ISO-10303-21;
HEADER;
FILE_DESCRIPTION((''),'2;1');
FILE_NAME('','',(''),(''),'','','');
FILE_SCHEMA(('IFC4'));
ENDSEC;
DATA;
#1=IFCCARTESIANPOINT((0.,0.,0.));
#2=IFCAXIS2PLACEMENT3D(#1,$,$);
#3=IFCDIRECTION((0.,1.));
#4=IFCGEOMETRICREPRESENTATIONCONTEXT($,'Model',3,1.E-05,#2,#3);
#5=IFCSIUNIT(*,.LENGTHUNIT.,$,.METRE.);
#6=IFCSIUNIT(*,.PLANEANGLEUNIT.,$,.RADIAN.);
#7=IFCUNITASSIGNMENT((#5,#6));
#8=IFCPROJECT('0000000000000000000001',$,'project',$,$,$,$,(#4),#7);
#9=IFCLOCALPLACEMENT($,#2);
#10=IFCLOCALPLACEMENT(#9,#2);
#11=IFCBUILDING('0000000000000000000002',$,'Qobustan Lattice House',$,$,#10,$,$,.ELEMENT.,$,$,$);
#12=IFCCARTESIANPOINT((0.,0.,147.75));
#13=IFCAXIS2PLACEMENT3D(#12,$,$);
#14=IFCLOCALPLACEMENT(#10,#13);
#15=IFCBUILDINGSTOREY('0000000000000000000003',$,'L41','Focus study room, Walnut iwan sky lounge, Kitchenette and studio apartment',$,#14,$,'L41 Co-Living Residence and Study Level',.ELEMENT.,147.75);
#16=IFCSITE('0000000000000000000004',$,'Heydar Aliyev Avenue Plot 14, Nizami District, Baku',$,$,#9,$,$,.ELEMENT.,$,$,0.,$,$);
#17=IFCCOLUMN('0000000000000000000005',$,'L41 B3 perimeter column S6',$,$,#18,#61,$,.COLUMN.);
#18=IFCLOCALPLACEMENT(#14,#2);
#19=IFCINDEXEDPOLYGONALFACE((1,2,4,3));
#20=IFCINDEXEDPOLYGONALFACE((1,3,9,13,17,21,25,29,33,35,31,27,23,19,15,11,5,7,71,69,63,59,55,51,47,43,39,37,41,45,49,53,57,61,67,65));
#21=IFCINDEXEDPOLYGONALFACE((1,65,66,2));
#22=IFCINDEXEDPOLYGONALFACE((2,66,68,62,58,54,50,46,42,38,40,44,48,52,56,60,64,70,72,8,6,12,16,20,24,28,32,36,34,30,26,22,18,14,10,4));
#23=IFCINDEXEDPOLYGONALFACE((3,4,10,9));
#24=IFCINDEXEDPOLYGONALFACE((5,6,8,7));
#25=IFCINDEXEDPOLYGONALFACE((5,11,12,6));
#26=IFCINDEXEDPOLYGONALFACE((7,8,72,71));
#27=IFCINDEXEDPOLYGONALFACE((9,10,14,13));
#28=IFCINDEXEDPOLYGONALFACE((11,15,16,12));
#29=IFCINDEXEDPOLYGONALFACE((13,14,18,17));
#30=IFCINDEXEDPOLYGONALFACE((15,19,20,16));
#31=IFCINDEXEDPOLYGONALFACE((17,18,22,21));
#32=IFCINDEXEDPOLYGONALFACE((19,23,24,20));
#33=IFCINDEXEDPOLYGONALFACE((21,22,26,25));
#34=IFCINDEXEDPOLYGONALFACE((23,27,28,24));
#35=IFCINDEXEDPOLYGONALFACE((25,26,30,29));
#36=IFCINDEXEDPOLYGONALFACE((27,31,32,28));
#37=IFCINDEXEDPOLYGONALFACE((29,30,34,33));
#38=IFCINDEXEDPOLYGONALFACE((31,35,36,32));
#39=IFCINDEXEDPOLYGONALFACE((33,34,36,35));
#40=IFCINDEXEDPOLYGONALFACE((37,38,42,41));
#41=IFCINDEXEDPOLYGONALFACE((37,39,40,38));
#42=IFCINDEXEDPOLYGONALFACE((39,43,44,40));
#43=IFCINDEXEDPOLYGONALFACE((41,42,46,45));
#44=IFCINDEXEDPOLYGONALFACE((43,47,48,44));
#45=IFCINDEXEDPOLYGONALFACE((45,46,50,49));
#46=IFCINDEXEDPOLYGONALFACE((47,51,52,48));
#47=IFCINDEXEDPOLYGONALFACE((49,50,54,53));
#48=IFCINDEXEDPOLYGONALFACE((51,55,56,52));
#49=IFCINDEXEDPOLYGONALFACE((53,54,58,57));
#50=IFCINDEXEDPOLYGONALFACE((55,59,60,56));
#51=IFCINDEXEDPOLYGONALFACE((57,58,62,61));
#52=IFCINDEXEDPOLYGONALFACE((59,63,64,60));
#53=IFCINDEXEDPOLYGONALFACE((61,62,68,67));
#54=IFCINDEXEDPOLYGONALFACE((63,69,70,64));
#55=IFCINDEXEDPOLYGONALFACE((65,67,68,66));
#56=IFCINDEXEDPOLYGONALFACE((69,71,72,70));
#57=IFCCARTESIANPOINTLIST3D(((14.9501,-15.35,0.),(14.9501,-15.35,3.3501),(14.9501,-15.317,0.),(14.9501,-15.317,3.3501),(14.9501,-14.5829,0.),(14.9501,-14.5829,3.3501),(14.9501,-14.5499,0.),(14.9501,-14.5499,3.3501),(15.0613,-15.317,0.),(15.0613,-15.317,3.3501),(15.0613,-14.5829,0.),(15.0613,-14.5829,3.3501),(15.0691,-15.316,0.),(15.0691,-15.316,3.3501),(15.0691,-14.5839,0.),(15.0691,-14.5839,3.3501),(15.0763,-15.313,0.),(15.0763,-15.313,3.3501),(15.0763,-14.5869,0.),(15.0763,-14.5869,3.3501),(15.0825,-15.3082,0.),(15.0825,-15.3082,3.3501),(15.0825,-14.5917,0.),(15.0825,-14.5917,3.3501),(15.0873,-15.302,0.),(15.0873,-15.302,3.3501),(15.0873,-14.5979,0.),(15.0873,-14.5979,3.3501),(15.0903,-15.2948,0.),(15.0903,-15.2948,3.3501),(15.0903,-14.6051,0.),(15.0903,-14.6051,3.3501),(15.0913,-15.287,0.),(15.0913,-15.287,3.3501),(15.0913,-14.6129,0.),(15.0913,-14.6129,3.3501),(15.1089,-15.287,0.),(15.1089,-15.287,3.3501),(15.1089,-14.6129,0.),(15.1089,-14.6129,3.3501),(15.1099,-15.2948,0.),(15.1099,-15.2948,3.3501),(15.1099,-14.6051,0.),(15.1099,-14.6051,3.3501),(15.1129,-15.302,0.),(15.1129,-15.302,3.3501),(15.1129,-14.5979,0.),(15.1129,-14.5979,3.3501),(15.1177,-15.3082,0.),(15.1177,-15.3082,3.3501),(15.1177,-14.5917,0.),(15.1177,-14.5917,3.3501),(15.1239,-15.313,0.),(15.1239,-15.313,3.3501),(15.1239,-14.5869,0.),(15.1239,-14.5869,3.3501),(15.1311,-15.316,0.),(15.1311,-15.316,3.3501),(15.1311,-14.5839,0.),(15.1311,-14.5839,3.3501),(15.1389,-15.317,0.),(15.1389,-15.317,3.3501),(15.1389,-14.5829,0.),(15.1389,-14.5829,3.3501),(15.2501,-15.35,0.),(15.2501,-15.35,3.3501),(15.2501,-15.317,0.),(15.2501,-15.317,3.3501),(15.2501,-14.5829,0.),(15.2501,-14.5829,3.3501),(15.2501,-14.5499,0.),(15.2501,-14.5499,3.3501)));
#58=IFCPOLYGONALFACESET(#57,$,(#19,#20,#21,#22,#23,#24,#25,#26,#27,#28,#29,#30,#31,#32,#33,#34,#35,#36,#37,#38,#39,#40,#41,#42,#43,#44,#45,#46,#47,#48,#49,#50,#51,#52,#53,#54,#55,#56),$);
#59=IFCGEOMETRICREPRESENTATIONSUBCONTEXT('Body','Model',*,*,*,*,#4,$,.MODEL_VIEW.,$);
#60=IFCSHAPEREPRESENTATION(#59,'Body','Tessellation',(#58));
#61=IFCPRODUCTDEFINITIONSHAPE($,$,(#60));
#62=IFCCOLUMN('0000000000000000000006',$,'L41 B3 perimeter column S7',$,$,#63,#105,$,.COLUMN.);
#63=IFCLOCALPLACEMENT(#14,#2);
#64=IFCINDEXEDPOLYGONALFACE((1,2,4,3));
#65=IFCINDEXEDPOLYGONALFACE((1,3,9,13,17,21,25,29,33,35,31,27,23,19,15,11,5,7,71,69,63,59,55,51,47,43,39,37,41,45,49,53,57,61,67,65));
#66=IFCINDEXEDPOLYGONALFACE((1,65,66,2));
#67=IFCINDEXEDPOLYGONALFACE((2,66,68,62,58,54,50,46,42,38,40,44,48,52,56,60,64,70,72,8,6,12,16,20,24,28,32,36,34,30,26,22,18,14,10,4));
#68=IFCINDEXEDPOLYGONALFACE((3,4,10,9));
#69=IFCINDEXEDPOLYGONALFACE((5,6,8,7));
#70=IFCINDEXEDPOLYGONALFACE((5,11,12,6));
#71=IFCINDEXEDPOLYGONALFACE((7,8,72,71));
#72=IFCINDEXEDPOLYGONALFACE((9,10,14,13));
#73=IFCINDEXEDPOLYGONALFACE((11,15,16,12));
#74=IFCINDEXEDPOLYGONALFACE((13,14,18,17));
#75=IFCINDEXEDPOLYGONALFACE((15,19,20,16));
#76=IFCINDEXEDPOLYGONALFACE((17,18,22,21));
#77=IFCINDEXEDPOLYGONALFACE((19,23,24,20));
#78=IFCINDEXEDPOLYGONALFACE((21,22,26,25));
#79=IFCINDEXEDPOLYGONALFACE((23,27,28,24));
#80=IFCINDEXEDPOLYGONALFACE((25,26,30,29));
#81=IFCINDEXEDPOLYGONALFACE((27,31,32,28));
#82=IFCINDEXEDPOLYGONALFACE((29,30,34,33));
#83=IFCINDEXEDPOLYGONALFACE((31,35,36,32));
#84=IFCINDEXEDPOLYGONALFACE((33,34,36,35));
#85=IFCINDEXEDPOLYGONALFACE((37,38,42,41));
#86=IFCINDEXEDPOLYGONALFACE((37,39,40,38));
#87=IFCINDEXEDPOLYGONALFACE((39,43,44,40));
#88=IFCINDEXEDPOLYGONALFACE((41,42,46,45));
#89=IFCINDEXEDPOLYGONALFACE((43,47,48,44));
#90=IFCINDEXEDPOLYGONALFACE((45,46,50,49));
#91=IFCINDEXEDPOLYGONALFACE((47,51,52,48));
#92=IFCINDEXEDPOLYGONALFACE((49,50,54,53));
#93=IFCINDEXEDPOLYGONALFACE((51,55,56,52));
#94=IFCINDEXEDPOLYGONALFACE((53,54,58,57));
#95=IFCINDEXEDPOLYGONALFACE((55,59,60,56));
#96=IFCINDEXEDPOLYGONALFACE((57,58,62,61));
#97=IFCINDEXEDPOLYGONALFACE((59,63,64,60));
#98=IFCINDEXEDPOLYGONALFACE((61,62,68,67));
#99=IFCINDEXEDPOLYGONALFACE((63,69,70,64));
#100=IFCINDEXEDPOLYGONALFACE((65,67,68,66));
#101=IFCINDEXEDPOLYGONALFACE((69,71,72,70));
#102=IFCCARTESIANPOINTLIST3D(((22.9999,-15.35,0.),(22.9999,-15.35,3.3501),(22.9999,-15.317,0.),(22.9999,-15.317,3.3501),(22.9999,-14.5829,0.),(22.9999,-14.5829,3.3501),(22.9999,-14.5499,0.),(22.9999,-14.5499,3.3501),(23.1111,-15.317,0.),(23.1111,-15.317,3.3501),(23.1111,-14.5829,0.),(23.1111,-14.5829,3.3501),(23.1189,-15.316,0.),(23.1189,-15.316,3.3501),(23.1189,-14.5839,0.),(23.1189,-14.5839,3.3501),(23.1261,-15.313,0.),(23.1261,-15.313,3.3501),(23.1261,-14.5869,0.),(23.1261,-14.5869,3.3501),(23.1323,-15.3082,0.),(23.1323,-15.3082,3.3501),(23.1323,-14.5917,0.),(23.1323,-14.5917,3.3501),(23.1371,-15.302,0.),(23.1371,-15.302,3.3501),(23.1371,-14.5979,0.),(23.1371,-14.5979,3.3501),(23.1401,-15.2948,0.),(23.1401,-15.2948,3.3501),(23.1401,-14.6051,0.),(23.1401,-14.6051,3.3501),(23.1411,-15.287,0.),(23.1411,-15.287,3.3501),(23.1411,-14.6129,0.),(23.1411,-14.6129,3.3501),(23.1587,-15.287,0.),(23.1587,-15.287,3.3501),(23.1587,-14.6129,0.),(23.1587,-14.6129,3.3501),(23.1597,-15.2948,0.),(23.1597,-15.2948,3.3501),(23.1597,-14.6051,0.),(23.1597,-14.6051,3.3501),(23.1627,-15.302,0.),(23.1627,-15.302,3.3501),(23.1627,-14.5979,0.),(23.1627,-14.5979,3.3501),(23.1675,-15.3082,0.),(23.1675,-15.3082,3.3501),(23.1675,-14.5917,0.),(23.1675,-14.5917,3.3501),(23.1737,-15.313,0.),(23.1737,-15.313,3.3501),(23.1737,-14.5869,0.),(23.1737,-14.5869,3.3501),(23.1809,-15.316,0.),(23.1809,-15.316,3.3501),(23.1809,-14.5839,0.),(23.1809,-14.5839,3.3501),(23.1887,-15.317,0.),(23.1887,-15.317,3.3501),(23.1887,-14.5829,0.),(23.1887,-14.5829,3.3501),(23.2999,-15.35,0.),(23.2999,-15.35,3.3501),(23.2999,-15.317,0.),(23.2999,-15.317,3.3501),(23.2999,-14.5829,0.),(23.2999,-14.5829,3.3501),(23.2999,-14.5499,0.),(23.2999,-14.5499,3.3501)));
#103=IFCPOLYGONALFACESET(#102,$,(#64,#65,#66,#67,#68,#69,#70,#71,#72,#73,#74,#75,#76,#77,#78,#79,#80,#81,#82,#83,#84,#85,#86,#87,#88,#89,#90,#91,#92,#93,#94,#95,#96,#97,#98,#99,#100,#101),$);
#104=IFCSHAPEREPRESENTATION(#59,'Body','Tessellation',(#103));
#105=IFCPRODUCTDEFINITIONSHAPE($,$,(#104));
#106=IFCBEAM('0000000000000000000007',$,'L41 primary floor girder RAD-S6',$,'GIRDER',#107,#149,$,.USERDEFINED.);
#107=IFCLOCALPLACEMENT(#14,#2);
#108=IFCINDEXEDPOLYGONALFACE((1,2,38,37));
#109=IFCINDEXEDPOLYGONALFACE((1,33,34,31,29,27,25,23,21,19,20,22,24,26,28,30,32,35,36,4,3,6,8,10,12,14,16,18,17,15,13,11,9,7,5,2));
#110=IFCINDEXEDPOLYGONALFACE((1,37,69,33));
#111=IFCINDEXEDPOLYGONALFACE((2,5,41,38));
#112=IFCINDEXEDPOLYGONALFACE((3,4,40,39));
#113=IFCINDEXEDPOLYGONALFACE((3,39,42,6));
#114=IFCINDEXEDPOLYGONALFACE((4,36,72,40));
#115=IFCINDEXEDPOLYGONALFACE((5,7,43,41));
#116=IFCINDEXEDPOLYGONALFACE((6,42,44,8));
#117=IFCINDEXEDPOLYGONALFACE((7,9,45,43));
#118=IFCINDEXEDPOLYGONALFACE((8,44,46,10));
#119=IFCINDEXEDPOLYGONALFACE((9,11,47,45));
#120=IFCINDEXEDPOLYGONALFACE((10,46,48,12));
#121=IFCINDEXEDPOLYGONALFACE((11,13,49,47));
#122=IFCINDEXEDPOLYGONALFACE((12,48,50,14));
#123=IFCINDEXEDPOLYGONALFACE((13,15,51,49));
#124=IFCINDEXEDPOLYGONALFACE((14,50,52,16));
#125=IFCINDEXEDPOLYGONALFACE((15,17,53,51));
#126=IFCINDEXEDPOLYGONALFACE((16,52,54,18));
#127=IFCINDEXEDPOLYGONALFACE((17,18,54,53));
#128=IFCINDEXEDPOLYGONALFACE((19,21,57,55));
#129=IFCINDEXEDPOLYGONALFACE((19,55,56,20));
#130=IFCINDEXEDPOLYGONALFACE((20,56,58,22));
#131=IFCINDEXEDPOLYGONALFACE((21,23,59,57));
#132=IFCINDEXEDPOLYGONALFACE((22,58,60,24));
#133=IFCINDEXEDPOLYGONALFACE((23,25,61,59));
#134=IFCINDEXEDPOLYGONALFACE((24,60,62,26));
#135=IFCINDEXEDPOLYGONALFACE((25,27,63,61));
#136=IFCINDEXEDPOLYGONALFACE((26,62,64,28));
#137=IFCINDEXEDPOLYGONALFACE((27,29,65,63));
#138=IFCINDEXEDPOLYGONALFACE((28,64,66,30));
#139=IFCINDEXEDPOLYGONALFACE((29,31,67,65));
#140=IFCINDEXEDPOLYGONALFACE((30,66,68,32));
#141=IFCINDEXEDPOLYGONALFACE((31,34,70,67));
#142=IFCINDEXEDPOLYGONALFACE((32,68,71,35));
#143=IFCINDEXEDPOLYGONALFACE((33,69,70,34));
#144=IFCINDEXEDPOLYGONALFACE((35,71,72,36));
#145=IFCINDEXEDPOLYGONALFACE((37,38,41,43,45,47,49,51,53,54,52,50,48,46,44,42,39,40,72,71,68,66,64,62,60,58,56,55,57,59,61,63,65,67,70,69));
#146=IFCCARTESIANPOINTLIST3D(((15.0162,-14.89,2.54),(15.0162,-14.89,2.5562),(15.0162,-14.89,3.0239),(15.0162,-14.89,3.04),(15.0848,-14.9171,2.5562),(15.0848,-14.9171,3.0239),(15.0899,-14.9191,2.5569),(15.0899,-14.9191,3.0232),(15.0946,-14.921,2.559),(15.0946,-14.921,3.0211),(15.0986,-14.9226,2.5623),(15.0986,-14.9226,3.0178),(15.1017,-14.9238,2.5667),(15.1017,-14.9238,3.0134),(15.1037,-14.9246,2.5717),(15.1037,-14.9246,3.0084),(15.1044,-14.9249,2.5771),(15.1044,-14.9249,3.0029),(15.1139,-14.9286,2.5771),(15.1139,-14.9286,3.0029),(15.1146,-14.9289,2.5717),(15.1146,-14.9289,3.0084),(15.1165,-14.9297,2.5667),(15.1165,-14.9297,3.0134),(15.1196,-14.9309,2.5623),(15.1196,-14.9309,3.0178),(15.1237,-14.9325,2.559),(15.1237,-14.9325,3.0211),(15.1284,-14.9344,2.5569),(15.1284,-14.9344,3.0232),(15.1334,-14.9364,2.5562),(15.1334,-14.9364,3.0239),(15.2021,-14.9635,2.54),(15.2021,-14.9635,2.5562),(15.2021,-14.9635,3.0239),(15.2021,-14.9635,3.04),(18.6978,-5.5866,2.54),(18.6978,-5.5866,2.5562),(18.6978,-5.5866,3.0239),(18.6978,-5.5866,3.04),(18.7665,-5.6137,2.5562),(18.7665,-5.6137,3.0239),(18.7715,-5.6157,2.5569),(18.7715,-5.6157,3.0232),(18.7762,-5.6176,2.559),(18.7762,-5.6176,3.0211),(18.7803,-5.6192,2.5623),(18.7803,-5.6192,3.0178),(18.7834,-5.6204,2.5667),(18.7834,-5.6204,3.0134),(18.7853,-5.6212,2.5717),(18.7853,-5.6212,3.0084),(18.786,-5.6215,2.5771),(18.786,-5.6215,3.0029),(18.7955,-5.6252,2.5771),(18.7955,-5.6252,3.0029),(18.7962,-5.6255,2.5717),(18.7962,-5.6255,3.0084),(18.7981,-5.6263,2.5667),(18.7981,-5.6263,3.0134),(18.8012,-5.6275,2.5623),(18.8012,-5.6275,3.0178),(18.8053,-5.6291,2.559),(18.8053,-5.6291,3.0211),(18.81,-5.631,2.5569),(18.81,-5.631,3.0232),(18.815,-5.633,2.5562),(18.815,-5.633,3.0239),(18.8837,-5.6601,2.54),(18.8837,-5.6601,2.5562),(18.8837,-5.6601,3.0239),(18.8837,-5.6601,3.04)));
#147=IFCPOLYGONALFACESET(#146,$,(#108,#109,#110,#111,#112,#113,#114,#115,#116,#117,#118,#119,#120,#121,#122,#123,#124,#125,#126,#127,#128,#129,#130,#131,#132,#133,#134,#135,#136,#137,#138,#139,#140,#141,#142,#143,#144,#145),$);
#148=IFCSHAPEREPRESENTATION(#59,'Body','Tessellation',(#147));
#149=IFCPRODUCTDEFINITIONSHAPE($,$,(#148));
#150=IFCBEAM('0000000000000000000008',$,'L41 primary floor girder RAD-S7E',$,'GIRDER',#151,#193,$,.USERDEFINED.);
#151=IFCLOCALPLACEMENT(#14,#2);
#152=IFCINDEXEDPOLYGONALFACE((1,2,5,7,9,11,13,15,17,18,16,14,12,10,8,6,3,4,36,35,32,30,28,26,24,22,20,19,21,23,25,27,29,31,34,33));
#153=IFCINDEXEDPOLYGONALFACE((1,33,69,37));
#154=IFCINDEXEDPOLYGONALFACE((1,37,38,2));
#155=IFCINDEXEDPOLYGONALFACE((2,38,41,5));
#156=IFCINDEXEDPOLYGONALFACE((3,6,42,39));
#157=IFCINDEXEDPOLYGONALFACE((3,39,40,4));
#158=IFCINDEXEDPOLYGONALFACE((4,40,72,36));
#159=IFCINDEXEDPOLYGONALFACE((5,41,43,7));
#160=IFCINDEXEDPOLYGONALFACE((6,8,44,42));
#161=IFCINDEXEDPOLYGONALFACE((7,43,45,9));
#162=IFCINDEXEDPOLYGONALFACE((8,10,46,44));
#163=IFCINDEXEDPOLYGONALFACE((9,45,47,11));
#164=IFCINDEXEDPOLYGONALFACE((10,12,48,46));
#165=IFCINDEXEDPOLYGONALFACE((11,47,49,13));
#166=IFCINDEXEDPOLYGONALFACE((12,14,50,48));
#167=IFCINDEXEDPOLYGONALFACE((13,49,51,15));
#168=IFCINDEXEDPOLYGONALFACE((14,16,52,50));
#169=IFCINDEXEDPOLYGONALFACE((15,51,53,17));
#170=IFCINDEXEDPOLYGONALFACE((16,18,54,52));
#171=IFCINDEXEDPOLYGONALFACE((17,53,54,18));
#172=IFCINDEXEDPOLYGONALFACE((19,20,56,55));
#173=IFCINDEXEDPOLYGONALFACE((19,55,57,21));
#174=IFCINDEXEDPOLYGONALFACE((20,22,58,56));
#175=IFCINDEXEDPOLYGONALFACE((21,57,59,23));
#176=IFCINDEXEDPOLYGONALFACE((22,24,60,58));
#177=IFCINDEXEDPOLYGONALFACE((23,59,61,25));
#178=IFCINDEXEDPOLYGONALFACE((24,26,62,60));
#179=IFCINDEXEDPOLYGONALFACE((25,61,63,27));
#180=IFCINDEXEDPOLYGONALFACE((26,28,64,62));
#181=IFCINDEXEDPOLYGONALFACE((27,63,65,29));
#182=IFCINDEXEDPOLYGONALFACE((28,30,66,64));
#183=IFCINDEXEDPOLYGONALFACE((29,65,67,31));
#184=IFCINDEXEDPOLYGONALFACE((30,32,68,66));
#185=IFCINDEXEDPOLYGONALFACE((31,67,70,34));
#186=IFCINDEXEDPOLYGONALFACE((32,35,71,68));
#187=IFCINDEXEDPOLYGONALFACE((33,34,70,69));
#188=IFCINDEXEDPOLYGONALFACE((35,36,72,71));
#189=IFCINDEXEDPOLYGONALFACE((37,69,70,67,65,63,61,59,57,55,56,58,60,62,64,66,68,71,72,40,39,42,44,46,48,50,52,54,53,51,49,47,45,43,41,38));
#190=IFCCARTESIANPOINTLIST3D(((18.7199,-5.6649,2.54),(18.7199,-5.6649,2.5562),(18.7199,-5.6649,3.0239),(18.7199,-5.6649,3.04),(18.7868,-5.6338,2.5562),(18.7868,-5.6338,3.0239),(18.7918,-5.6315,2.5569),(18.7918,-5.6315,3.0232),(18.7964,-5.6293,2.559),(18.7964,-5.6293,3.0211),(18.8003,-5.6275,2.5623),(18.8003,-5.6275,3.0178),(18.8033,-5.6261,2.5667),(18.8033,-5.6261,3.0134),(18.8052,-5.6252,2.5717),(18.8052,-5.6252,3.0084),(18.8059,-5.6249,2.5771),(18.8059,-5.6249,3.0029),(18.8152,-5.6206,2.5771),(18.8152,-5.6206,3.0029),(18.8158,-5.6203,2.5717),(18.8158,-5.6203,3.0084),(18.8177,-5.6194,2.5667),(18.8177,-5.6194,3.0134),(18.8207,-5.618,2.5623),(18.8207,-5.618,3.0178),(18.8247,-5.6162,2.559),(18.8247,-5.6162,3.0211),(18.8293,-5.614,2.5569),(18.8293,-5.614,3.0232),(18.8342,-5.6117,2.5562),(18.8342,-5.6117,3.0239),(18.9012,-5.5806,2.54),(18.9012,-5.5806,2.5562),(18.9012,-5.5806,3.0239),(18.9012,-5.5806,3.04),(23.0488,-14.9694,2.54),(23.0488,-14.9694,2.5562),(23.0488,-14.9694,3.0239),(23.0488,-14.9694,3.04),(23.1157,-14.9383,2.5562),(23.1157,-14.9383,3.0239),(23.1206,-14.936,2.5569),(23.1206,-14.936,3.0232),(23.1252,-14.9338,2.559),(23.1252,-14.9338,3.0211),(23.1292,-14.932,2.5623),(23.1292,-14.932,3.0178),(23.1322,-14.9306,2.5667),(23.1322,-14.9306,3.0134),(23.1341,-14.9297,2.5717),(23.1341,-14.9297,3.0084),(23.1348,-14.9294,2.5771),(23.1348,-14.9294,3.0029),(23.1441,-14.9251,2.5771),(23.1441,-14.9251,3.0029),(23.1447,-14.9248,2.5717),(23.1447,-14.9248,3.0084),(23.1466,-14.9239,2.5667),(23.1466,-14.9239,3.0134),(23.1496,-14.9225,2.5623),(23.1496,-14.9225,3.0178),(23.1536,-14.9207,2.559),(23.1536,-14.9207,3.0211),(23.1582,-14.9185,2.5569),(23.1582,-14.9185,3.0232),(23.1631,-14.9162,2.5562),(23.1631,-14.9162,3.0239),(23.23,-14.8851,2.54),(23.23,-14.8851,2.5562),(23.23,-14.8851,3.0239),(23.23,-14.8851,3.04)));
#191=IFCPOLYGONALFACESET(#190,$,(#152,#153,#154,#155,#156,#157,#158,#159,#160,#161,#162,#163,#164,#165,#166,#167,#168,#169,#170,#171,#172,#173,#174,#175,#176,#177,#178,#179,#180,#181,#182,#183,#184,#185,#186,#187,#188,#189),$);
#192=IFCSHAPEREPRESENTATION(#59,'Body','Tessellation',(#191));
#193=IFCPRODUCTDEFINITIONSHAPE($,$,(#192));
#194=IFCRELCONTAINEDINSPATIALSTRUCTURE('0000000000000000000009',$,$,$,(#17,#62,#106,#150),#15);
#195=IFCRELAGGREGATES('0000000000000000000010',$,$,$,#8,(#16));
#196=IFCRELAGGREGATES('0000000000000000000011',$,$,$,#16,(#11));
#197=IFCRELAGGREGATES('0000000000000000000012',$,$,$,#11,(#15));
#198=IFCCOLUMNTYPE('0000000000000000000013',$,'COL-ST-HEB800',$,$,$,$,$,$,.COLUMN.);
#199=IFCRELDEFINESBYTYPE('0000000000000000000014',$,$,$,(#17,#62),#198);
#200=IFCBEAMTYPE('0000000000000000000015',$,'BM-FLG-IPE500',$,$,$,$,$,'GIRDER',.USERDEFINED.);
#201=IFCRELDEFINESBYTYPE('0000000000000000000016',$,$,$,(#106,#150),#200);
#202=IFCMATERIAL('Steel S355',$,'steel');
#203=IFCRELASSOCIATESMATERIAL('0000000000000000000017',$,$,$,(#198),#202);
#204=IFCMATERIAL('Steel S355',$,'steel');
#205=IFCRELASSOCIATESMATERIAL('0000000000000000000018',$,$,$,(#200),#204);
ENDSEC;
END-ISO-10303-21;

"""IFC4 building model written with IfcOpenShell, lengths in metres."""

from ifc_helpers import new_model, si_unit, direction, frame, origin, origin_2d, place, context, subcontext, project, spatial, i_section, extrude, material, material_profile, profile_set, type_object, element, save


model = new_model("IFC4")

# Units and contexts
model_context = context("Model", 3, precision=1e-05, world=origin(), true_north=direction((0.0, 1.0)))
body_context = subcontext(model_context, "Body", "Model", "MODEL_VIEW")
ifc_project = project(units=[si_unit("LENGTHUNIT", "METRE"), si_unit("PLANEANGLEUNIT", "RADIAN")], contexts=[model_context])

# Site, building, storey
site_placement = place(None, origin())
site = spatial("IfcSite", under=ifc_project, at=site_placement, Name="Heydar Aliyev Avenue Plot 14, Nizami District, Baku", CompositionType="ELEMENT", RefElevation=0.0)
building_placement = place(site_placement, origin())
building = spatial("IfcBuilding", under=site, at=building_placement, Name="Qobustan Lattice House", CompositionType="ELEMENT")
storey_placement = place(building_placement, frame((0.0, 0.0, 147.75)))
storey = spatial("IfcBuildingStorey", under=building, at=storey_placement, Name="L41", Description="Focus study room, Walnut iwan sky lounge, Kitchenette and studio apartment", LongName="L41 Co-Living Residence and Study Level", CompositionType="ELEMENT", Elevation=147.75)

# Columns
ifc_material_1 = material(Name="Steel S355", Category="steel")
ifc_material_profile_1 = material_profile(ifc_material_1, i_section(OverallWidth=0.3, OverallDepth=0.8, WebThickness=0.0176, FlangeThickness=0.033, FilletRadius=0.03, at=origin_2d()), Name="HEB800")
ifc_profile_set_1 = profile_set([ifc_material_profile_1], Name="Steel S355")
column_type = type_object("IfcColumnType", Name="COL-ST-HEB800", PredefinedType="COLUMN", material=ifc_profile_set_1)
for number, where, z_axis, x_axis, name in (
    (1, (15.1001, -14.95, 0.0), (0.0, 0.0, 1.0), (1.0, 0.0, 0.0), "L41 B3 perimeter column S6"),
    (2, (23.1499, -14.95, 0.0), (0.0, 0.0, 1.0), (1.0, 0.0, 0.0), "L41 B3 perimeter column S7"),
):
    element("IfcColumn", number, at=place(storey_placement, frame(where, z_axis=z_axis, x_axis=x_axis)), inside=storey, type_object=column_type, Name=name, PredefinedType="COLUMN", context=body_context, shape_type="SweptSolid", body=[
        extrude(i_section(OverallWidth=0.3, OverallDepth=0.8, WebThickness=0.0176, FlangeThickness=0.033, FilletRadius=0.03, at=origin_2d()), origin(), (0.0, 0.0, 1.0), 3.3501),
    ])

# Beams
ifc_material_2 = material(Name="Steel S355", Category="steel")
ifc_material_profile_2 = material_profile(ifc_material_2, i_section(OverallWidth=0.2, OverallDepth=0.5, WebThickness=0.0103, FlangeThickness=0.0161, FilletRadius=0.021, at=origin_2d()), Name="IPE500")
ifc_profile_set_2 = profile_set([ifc_material_profile_2], Name="Steel S355")
beam_type_1 = type_object("IfcBeamType", Name="BM-FLG-IPE500", ElementType="GIRDER", PredefinedType="USERDEFINED", material=ifc_profile_set_2)
beam_1_placement = place(storey_placement, frame((15.1091, -14.9268, 2.79), z_axis=(0.367964, 0.92984, 0.0), x_axis=(-0.92984, 0.367964, 0.0)))
element("IfcBeam", 3, at=beam_1_placement, inside=storey, type_object=beam_type_1, Name="L41 primary floor girder RAD-S6", ObjectType="GIRDER", PredefinedType="USERDEFINED", context=body_context, shape_type="SweptSolid", body=[
    extrude(i_section(OverallWidth=0.2, OverallDepth=0.5, WebThickness=0.0103, FlangeThickness=0.0161, FilletRadius=0.021, at=origin_2d()), origin(), (0.0, 0.0, 1.0), 10.0054),
])
beam_2_placement = place(storey_placement, frame((23.1394, -14.9272, 2.79), z_axis=(-0.421828, 0.906676, 0.0), x_axis=(-0.906676, -0.421828, 0.0)))
element("IfcBeam", 4, at=beam_2_placement, inside=storey, type_object=beam_type_1, Name="L41 primary floor girder RAD-S7E", ObjectType="GIRDER", PredefinedType="USERDEFINED", context=body_context, shape_type="SweptSolid", body=[
    extrude(i_section(OverallWidth=0.2, OverallDepth=0.5, WebThickness=0.0103, FlangeThickness=0.0161, FilletRadius=0.021, at=origin_2d()), origin(), (0.0, 0.0, 1.0), 10.2622),
])

save(model, "model.ifc")
